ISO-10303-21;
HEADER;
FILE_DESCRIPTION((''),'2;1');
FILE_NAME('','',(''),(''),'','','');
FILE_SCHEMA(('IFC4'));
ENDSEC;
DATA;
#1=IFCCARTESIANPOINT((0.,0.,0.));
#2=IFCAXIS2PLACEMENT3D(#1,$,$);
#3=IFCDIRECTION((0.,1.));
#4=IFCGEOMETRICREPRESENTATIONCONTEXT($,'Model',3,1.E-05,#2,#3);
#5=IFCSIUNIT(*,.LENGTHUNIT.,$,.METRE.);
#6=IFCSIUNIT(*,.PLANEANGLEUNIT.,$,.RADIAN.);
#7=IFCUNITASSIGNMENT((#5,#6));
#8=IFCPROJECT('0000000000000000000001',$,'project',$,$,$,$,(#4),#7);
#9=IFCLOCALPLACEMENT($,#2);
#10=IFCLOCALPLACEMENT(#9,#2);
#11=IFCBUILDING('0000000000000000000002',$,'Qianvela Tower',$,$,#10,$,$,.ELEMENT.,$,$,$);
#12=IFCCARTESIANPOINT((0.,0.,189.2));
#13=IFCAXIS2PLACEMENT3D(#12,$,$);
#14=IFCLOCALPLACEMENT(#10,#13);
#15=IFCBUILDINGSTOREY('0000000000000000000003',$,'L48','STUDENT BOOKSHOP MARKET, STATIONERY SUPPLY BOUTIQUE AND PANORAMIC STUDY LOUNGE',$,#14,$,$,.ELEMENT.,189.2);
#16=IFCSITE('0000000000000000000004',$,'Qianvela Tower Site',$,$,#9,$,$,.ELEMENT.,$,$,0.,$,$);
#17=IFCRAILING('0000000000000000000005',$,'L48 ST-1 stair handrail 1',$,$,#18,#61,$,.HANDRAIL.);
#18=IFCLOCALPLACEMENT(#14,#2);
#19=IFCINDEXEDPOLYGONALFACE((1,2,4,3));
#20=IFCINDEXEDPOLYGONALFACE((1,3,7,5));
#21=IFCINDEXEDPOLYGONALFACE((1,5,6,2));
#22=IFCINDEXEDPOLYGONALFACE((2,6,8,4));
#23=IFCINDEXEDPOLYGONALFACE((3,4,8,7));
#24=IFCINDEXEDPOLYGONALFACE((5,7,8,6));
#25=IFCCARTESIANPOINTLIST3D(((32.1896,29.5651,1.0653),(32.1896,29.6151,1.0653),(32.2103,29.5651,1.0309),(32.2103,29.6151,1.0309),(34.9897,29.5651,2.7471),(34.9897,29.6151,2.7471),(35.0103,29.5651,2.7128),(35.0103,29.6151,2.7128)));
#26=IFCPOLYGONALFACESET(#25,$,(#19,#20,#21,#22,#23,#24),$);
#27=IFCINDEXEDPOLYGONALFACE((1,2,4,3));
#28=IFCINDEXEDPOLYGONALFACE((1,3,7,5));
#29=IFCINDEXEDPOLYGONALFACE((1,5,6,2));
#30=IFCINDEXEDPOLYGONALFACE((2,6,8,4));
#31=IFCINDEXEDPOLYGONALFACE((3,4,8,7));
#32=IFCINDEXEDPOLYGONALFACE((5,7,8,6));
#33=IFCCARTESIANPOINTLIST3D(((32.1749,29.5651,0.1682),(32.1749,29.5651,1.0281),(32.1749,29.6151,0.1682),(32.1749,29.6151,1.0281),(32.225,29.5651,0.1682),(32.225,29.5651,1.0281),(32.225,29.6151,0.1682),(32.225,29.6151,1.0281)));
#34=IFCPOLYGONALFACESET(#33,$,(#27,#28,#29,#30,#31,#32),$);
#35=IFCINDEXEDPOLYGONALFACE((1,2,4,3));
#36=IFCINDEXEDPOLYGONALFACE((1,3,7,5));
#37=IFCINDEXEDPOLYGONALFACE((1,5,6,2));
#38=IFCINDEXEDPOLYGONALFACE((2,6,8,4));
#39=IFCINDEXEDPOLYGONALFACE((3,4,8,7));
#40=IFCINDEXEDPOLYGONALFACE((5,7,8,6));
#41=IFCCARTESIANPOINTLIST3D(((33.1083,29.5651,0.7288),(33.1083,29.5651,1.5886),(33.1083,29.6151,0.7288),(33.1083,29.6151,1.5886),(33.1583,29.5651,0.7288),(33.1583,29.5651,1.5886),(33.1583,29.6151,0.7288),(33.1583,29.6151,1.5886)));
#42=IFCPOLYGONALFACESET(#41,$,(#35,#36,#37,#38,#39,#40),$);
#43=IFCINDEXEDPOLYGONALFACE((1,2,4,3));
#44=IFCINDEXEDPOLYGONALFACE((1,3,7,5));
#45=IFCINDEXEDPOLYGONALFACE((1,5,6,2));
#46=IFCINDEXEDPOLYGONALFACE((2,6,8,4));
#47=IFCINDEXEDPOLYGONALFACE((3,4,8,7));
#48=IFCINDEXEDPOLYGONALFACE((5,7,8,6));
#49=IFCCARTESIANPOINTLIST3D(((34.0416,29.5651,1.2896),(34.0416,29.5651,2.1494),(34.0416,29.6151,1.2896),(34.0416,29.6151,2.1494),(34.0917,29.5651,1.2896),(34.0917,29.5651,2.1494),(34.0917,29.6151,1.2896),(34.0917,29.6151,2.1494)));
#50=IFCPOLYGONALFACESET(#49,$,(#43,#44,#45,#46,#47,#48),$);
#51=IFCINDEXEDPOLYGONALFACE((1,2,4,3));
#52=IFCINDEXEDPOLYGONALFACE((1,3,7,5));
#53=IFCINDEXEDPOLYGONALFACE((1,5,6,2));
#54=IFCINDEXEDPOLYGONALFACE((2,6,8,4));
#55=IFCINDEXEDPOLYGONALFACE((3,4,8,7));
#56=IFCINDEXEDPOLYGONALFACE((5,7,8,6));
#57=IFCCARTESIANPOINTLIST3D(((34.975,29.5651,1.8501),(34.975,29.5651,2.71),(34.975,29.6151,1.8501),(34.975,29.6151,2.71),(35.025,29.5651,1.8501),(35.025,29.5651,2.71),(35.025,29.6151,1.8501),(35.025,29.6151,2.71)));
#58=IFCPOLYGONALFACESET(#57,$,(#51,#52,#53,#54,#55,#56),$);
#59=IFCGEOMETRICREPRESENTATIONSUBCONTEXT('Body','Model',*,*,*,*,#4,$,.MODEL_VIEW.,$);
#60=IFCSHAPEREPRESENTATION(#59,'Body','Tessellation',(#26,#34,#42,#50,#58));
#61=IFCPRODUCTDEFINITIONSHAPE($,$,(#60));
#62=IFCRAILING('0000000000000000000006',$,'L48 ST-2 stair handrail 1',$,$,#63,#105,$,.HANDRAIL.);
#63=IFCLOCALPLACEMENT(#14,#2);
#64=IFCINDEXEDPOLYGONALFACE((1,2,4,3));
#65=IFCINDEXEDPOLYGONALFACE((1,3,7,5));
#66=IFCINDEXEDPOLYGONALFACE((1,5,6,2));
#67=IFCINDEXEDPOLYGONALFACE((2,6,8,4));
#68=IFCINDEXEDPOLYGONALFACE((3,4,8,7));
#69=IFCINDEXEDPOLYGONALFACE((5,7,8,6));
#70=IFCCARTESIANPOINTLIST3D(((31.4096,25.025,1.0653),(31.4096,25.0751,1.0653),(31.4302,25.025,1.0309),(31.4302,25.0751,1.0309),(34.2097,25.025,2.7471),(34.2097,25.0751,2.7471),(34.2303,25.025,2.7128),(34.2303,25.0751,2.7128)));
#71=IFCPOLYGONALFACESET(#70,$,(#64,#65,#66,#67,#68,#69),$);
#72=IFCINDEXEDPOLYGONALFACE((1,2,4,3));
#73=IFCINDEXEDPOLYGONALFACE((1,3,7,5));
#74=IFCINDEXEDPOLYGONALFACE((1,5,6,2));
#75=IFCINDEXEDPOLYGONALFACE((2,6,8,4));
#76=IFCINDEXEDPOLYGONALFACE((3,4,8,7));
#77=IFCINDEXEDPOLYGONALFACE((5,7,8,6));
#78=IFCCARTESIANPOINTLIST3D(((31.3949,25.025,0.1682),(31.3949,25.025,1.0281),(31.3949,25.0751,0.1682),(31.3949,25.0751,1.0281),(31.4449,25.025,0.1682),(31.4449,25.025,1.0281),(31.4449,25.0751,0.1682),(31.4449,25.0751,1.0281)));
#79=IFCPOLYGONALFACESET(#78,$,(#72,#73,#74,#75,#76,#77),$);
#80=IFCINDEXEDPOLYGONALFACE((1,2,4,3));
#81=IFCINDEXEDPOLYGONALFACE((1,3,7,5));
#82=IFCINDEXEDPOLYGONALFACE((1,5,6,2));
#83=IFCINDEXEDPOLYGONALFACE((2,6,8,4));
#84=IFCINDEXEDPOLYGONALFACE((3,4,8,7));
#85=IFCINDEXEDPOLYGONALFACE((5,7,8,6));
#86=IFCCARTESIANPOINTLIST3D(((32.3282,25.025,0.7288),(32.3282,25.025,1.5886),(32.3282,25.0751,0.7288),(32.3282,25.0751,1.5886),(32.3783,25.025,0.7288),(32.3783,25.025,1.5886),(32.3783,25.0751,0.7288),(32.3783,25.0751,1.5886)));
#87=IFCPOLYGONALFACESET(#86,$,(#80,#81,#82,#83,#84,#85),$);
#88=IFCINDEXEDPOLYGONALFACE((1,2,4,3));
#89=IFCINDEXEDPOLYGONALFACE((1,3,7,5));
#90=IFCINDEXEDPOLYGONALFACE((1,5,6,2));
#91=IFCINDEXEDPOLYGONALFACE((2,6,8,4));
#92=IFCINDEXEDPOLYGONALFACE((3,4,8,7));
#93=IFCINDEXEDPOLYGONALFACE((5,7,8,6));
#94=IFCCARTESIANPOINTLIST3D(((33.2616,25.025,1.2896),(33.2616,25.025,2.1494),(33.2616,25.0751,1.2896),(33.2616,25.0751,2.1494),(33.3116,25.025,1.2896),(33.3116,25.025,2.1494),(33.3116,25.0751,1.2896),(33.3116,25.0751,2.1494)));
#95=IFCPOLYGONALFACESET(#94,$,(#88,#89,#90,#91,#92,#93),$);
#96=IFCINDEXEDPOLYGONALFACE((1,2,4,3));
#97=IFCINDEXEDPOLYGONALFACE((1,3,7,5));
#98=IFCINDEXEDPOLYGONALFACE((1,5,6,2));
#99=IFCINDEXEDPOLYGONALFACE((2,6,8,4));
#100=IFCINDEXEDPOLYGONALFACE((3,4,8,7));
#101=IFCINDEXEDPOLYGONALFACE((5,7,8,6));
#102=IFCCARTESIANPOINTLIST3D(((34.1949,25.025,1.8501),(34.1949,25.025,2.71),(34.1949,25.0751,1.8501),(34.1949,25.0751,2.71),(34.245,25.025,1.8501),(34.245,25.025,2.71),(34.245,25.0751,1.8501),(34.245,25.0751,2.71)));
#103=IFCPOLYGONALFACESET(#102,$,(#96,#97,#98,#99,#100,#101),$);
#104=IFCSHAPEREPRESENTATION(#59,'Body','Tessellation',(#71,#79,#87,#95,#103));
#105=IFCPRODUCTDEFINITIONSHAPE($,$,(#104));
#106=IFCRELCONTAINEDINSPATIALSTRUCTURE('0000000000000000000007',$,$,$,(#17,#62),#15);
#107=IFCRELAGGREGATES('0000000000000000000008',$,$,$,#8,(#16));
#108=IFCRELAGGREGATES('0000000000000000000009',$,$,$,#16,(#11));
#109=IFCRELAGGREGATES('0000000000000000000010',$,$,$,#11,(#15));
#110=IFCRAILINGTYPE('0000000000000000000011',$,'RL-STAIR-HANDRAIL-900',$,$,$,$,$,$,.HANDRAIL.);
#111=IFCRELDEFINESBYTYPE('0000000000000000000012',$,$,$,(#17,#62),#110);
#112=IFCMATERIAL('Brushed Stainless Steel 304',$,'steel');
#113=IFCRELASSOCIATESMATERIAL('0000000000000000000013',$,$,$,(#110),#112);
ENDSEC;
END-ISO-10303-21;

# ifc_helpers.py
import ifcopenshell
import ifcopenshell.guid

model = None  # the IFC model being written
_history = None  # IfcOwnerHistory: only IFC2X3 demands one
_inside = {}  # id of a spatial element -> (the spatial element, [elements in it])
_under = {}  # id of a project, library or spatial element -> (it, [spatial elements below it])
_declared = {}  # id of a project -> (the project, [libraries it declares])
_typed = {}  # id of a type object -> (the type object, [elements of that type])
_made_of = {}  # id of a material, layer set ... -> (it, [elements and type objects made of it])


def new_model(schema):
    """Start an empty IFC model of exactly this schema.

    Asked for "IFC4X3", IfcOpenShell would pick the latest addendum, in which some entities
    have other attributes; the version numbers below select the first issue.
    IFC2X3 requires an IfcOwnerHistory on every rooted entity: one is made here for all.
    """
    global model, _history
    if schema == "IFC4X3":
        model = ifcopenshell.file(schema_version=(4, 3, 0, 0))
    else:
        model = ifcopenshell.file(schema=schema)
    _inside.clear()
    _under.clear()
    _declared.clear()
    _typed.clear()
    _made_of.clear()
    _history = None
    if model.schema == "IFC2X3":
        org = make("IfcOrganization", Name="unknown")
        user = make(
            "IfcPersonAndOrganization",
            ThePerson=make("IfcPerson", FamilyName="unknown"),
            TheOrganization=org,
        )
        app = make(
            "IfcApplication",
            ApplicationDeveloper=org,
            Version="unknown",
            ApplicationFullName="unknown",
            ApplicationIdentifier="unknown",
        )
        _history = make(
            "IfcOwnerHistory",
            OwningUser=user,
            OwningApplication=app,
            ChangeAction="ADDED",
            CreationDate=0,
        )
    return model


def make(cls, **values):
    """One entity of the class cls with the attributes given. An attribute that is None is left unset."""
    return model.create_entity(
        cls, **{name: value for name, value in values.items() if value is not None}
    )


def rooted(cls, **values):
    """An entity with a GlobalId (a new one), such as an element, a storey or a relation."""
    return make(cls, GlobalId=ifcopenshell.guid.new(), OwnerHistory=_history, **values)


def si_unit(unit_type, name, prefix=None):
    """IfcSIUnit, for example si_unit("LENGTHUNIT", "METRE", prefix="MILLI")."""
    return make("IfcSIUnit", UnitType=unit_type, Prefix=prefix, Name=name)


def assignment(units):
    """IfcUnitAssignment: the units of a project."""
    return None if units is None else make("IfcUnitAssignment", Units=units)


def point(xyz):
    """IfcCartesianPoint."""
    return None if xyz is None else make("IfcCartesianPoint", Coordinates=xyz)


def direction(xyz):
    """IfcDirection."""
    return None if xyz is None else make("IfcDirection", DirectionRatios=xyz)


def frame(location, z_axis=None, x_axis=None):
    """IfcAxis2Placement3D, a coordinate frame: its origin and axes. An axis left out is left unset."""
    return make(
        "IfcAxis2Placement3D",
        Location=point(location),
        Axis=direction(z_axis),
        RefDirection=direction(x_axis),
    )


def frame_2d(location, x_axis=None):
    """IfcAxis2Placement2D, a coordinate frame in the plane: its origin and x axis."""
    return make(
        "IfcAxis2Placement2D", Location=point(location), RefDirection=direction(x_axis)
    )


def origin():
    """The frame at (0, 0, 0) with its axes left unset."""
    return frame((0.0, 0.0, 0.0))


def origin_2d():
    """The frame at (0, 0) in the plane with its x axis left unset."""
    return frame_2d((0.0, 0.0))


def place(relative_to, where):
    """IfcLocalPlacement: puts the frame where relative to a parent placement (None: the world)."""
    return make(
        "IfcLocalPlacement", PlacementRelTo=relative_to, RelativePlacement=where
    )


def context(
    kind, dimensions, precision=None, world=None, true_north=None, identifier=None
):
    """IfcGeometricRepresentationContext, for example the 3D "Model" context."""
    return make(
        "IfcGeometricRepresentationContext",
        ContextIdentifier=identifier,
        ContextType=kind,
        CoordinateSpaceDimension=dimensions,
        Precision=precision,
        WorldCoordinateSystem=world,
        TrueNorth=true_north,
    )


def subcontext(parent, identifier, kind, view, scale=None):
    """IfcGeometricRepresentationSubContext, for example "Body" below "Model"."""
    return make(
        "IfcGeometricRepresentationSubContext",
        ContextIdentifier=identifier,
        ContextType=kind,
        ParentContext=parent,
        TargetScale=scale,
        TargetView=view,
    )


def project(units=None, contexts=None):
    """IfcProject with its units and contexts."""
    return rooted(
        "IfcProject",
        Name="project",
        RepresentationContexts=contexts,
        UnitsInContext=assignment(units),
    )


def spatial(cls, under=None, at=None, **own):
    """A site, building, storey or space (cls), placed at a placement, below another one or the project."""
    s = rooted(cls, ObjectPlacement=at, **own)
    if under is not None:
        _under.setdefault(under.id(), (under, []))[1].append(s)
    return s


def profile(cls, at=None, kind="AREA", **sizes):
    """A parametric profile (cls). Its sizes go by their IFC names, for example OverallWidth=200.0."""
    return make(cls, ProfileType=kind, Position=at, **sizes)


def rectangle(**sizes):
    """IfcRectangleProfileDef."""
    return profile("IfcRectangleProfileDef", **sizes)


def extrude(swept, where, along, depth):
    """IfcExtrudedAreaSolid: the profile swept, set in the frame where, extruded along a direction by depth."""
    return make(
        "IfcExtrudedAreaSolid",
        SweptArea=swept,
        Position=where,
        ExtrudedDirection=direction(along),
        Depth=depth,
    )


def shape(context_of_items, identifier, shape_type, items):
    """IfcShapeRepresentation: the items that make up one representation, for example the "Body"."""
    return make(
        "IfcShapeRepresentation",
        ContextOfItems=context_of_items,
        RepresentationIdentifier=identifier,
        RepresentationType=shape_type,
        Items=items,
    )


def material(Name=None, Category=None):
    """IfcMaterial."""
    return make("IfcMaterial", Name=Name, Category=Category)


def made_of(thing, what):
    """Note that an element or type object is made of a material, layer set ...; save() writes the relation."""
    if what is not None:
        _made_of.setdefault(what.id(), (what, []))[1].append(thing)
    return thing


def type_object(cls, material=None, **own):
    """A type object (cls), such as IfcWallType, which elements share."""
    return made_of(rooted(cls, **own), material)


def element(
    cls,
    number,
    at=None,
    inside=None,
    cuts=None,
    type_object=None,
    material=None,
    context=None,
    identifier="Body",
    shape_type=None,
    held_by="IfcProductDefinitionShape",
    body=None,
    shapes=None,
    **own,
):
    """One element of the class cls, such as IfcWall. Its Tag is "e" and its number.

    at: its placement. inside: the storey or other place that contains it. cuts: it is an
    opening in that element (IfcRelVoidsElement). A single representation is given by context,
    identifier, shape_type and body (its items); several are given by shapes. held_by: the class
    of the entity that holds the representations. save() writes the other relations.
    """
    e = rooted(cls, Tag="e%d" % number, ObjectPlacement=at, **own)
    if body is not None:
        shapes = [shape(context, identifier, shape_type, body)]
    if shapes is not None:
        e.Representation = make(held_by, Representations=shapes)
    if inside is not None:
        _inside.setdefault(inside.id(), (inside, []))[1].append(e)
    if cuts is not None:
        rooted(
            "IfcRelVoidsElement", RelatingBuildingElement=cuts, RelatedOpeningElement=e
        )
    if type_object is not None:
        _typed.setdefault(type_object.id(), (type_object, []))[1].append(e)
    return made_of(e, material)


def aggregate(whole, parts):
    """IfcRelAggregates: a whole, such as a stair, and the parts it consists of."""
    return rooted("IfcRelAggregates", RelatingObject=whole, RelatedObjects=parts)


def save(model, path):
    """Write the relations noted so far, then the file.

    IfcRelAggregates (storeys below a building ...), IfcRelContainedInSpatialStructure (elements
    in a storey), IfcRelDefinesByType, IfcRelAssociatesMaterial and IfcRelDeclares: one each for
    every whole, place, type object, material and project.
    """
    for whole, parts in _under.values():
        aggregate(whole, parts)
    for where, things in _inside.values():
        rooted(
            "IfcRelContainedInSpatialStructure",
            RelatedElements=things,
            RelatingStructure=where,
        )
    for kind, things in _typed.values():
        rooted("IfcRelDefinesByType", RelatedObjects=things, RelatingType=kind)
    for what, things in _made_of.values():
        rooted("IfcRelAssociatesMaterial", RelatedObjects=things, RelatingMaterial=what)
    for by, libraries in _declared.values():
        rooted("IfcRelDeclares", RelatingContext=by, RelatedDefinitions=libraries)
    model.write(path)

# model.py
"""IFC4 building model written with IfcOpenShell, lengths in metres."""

from ifc_helpers import new_model, si_unit, direction, frame, origin, origin_2d, place, context, subcontext, project, spatial, rectangle, extrude, material, type_object, element, save


model = new_model("IFC4")

# Units and contexts
model_context = context("Model", 3, precision=1e-05, world=origin(), true_north=direction((0.0, 1.0)))
body_context = subcontext(model_context, "Body", "Model", "MODEL_VIEW")
ifc_project = project(units=[si_unit("LENGTHUNIT", "METRE"), si_unit("PLANEANGLEUNIT", "RADIAN")], contexts=[model_context])

# Site, building, storey
site_placement = place(None, origin())
site = spatial("IfcSite", under=ifc_project, at=site_placement, Name="Qianvela Tower Site", CompositionType="ELEMENT", RefElevation=0.0)
building_placement = place(site_placement, origin())
building = spatial("IfcBuilding", under=site, at=building_placement, Name="Qianvela Tower", CompositionType="ELEMENT")
storey_placement = place(building_placement, frame((0.0, 0.0, 189.2)))
storey = spatial("IfcBuildingStorey", under=building, at=storey_placement, Name="L48", Description="STUDENT BOOKSHOP MARKET, STATIONERY SUPPLY BOUTIQUE AND PANORAMIC STUDY LOUNGE", CompositionType="ELEMENT", Elevation=189.2)

# Railings
ifc_material_1 = material(Name="Brushed Stainless Steel 304", Category="steel")
railing_type_1 = type_object("IfcRailingType", Name="RL-STAIR-HANDRAIL-900", PredefinedType="HANDRAIL", material=ifc_material_1)
for number, where, name in (
    (1, (32.2, 29.5901, 0.1682), "L48 ST-1 stair handrail 1"),
    (2, (31.4199, 25.05, 0.1682), "L48 ST-2 stair handrail 1"),
):
    element("IfcRailing", number, at=place(storey_placement, frame(where)), inside=storey, type_object=railing_type_1, Name=name, PredefinedType="HANDRAIL", context=body_context, shape_type="SweptSolid", body=[
        extrude(rectangle(XDim=0.05, YDim=0.04, at=origin_2d()), frame((0.0, 0.0, 0.8799), z_axis=(0.857242, 0.0, 0.514913), x_axis=(0.0, 1.0, 0.0)), (0.0, 0.0, 1.0), 3.2664),
        extrude(rectangle(XDim=0.05, YDim=0.05, at=origin_2d()), origin(), (0.0, 0.0, 1.0), 0.8599),
        extrude(rectangle(XDim=0.05, YDim=0.05, at=origin_2d()), frame((0.9333, 0.0, 0.5605)), (0.0, 0.0, 1.0), 0.8599),
        extrude(rectangle(XDim=0.05, YDim=0.05, at=origin_2d()), frame((1.8667, 0.0, 1.1213)), (0.0, 0.0, 1.0), 0.8599),
        extrude(rectangle(XDim=0.05, YDim=0.05, at=origin_2d()), frame((2.8, 0.0, 1.6819)), (0.0, 0.0, 1.0), 0.8599),
    ])

save(model, "model.ifc")
